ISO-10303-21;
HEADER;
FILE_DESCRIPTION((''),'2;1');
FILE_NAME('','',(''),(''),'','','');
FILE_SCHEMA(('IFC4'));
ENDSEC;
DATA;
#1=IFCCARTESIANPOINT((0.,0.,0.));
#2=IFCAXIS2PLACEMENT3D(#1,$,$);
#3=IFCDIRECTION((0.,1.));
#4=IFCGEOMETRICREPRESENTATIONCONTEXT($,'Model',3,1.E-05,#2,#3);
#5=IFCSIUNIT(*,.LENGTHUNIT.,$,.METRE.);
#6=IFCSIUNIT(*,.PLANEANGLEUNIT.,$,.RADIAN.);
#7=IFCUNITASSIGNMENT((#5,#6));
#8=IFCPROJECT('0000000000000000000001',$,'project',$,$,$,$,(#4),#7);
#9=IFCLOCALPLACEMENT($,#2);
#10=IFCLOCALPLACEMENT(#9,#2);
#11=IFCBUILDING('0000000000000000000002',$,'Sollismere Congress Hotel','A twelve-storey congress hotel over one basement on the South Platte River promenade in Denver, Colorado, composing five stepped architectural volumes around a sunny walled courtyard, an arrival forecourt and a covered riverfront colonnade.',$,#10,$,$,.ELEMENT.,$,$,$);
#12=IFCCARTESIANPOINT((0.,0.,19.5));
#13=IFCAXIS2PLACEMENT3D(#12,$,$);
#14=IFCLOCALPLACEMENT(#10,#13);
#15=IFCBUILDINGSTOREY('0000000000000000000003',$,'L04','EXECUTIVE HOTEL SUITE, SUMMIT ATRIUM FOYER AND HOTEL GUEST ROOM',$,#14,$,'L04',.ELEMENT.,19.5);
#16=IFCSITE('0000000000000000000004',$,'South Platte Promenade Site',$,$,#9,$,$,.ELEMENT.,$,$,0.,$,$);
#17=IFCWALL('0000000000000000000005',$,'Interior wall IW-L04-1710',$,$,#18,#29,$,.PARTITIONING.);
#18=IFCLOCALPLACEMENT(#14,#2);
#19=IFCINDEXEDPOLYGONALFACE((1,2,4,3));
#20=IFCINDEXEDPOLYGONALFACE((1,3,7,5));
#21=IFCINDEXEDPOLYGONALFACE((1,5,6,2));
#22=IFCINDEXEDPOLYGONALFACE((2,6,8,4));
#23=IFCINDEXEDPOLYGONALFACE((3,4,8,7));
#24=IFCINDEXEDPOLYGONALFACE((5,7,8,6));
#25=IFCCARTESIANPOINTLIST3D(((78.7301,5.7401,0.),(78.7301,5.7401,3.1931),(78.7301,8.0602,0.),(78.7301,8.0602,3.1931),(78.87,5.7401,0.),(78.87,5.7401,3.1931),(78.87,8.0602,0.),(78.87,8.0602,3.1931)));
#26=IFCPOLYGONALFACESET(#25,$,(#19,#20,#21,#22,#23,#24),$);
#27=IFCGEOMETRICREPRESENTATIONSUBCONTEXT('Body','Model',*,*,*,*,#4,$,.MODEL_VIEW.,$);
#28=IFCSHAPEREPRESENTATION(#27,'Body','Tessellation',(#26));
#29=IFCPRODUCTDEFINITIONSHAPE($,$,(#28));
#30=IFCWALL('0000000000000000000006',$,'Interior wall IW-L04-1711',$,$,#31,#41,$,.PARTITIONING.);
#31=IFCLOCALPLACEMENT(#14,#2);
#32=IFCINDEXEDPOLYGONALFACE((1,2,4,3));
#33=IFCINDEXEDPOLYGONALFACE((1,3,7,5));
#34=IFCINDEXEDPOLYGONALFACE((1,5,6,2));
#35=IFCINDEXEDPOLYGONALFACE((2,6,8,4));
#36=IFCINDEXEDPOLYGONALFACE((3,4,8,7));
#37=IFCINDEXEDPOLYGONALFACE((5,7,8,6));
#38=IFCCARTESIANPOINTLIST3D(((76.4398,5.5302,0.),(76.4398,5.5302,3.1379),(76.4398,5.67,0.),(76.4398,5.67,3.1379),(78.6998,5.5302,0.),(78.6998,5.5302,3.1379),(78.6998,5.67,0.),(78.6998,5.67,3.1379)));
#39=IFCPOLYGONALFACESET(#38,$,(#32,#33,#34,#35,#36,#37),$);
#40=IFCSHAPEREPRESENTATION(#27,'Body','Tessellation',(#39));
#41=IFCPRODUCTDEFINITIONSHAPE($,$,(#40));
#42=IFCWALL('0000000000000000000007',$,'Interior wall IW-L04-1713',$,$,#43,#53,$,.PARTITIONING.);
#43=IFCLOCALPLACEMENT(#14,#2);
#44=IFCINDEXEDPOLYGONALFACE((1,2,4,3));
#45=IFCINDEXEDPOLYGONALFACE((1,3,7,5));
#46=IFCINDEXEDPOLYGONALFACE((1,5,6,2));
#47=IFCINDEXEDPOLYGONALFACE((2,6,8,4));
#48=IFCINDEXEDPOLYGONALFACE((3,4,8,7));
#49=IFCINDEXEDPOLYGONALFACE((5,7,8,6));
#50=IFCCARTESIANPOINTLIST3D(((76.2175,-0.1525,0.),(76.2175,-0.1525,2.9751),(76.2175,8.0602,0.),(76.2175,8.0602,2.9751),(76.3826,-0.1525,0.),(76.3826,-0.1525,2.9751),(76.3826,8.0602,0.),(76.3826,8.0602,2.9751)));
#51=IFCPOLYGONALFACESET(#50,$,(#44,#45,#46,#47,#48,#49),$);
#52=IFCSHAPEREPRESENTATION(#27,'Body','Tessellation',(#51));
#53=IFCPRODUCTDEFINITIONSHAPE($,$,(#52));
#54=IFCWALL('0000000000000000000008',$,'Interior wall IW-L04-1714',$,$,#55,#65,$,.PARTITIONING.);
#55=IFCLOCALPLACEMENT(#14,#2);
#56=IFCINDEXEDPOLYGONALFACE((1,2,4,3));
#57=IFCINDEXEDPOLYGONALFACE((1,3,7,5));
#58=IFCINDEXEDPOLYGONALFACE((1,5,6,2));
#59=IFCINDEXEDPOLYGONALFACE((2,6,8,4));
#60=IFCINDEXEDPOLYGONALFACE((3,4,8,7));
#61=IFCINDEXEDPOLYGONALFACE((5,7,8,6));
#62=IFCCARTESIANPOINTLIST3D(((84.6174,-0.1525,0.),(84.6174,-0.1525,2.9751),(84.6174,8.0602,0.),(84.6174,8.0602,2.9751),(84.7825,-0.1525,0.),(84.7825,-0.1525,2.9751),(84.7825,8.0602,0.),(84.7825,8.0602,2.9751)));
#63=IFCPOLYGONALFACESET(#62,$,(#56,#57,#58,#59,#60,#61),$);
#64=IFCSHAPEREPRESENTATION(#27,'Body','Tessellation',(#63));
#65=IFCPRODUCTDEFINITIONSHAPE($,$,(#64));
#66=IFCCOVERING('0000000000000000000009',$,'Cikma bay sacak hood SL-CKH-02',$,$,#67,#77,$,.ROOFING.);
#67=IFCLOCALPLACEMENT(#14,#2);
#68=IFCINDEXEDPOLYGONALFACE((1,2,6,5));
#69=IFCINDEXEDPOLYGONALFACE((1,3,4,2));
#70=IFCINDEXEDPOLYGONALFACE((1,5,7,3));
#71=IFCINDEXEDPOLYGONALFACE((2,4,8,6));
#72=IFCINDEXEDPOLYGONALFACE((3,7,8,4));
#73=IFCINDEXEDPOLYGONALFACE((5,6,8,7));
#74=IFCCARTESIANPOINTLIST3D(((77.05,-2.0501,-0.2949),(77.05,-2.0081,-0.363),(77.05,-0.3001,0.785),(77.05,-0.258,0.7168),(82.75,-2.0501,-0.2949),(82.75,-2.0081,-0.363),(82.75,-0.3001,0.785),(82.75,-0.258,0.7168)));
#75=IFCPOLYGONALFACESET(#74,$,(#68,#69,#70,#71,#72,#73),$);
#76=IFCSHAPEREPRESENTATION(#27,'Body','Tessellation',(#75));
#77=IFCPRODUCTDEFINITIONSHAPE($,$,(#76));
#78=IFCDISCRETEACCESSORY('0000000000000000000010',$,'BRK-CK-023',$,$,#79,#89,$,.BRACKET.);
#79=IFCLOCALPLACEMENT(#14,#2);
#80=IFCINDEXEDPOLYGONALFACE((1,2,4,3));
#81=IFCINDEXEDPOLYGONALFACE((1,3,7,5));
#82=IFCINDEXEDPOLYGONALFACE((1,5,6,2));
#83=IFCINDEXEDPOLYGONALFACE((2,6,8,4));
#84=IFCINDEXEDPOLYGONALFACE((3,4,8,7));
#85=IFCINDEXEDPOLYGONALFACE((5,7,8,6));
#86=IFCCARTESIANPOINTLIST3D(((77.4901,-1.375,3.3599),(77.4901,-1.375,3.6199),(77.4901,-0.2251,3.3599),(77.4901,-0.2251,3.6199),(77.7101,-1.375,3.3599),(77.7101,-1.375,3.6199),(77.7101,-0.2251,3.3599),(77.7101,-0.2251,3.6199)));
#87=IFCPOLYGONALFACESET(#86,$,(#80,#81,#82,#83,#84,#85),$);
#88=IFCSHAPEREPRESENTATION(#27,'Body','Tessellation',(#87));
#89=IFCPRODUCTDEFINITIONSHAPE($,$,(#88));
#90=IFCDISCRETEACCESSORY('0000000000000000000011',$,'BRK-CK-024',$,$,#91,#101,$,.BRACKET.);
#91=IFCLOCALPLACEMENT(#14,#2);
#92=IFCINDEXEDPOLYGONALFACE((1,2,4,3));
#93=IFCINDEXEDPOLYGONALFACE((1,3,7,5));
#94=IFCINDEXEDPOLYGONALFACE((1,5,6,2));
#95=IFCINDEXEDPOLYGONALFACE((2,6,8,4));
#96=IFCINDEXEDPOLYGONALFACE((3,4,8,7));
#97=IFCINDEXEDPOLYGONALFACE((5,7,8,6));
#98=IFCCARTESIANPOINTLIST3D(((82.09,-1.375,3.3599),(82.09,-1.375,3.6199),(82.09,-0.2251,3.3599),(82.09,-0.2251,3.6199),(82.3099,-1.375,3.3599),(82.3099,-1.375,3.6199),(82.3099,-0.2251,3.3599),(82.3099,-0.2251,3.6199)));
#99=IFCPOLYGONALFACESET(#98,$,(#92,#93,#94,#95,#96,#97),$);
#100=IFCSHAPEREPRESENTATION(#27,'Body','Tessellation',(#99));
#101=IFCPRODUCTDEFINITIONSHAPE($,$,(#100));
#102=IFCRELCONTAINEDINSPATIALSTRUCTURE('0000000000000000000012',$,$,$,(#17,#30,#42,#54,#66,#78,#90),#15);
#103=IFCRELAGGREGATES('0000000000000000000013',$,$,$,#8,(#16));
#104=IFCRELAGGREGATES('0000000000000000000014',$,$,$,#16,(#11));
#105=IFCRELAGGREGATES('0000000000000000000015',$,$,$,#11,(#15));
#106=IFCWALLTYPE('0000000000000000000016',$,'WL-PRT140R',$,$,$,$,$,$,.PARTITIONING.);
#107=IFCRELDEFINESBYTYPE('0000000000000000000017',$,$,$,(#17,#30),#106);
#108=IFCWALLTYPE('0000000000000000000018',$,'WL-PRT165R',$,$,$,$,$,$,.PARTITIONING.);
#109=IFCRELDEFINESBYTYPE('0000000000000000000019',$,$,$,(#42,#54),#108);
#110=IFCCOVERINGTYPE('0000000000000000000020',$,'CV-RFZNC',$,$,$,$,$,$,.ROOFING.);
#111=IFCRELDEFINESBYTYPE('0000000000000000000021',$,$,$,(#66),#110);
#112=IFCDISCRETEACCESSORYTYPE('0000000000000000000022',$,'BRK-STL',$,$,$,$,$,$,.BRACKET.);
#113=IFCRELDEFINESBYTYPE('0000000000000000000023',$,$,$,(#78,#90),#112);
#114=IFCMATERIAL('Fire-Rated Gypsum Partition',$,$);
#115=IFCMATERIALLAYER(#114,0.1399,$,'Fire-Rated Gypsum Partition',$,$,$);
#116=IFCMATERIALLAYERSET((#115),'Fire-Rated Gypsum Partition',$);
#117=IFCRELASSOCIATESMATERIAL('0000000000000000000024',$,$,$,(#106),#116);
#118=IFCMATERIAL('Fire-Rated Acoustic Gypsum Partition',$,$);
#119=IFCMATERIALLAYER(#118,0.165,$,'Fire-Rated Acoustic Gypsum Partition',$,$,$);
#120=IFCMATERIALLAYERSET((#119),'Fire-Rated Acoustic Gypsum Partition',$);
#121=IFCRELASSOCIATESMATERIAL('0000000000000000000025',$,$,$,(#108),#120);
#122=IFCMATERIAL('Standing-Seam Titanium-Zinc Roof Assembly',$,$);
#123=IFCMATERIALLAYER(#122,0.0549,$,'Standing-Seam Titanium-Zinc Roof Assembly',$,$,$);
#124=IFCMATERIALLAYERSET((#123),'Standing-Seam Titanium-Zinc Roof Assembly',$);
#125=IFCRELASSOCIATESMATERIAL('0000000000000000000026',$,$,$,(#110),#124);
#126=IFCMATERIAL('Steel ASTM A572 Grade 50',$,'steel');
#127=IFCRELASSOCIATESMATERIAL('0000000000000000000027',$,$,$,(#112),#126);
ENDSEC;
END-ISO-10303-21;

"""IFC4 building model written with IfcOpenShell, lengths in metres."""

from ifc_helpers import new_model, si_unit, direction, frame, frame_2d, origin, origin_2d, place, context, subcontext, project, spatial, polyline, rectangle, outline, extrude, material, layer, layer_set, type_object, element, save


model = new_model("IFC4")

# Units and contexts
model_context = context("Model", 3, precision=1e-05, world=origin(), true_north=direction((0.0, 1.0)))
body_context = subcontext(model_context, "Body", "Model", "MODEL_VIEW")
ifc_project = project(units=[si_unit("LENGTHUNIT", "METRE"), si_unit("PLANEANGLEUNIT", "RADIAN")], contexts=[model_context])

# Site, building, storey
site_placement = place(None, origin())
site = spatial("IfcSite", under=ifc_project, at=site_placement, Name="South Platte Promenade Site", CompositionType="ELEMENT", RefElevation=0.0)
building_placement = place(site_placement, origin())
building = spatial("IfcBuilding", under=site, at=building_placement, Name="Sollismere Congress Hotel", Description="A twelve-storey congress hotel over one basement on the South Platte River promenade in Denver, Colorado, composing five stepped architectural volumes around a sunny walled courtyard, an arrival forecourt and a covered riverfront colonnade.", CompositionType="ELEMENT")
storey_placement = place(building_placement, frame((0.0, 0.0, 19.5)))
storey = spatial("IfcBuildingStorey", under=building, at=storey_placement, Name="L04", Description="EXECUTIVE HOTEL SUITE, SUMMIT ATRIUM FOYER AND HOTEL GUEST ROOM", LongName="L04", CompositionType="ELEMENT", Elevation=19.5)

# Walls
ifc_material_1 = material(Name="Fire-Rated Gypsum Partition")
ifc_layer_1 = layer(ifc_material_1, 0.1399, Name="Fire-Rated Gypsum Partition")
ifc_layer_set_1 = layer_set([ifc_layer_1], Name="Fire-Rated Gypsum Partition")
wall_type_1 = type_object("IfcWallType", Name="WL-PRT140R", PredefinedType="PARTITIONING", material=ifc_layer_set_1)
wall_1_placement = place(storey_placement, frame((78.8, 5.74, 0.0), z_axis=(0.0, 0.0, 1.0), x_axis=(0.0, 1.0, 0.0)))
element("IfcWall", 1, at=wall_1_placement, inside=storey, type_object=wall_type_1, Name="Interior wall IW-L04-1710", PredefinedType="PARTITIONING", context=body_context, shape_type="SweptSolid", body=[
    extrude(rectangle(XDim=2.3201, YDim=0.1399, at=frame_2d((1.1602, 0.0))), origin(), (0.0, 0.0, 1.0), 3.1931),
])
wall_2_placement = place(storey_placement, frame((76.4399, 5.6001, 0.0), z_axis=(0.0, 0.0, 1.0), x_axis=(1.0, 0.0, 0.0)))
element("IfcWall", 2, at=wall_2_placement, inside=storey, type_object=wall_type_1, Name="Interior wall IW-L04-1711", PredefinedType="PARTITIONING", context=body_context, shape_type="SweptSolid", body=[
    extrude(rectangle(XDim=2.26, YDim=0.1399, at=frame_2d((1.1299, 0.0))), origin(), (0.0, 0.0, 1.0), 3.1379),
])
ifc_material_2 = material(Name="Fire-Rated Acoustic Gypsum Partition")
ifc_layer_2 = layer(ifc_material_2, 0.165, Name="Fire-Rated Acoustic Gypsum Partition")
ifc_layer_set_2 = layer_set([ifc_layer_2], Name="Fire-Rated Acoustic Gypsum Partition")
wall_type_2 = type_object("IfcWallType", Name="WL-PRT165R", PredefinedType="PARTITIONING", material=ifc_layer_set_2)
for number, where, z_axis, x_axis, name in (
    (3, (76.3, -0.1526, 0.0), (0.0, 0.0, 1.0), (0.0, 1.0, 0.0), "Interior wall IW-L04-1713"),
    (4, (84.7, -0.1526, 0.0), (0.0, 0.0, 1.0), (0.0, 1.0, 0.0), "Interior wall IW-L04-1714"),
):
    element("IfcWall", number, at=place(storey_placement, frame(where, z_axis=z_axis, x_axis=x_axis)), inside=storey, type_object=wall_type_2, Name=name, PredefinedType="PARTITIONING", context=body_context, shape_type="SweptSolid", body=[
        extrude(rectangle(XDim=8.2126, YDim=0.165, at=frame_2d((4.1064, 0.0))), origin(), (0.0, 0.0, 1.0), 2.9751),
    ])

# Covering
ifc_material_3 = material(Name="Standing-Seam Titanium-Zinc Roof Assembly")
ifc_layer_3 = layer(ifc_material_3, 0.0549, Name="Standing-Seam Titanium-Zinc Roof Assembly")
ifc_layer_set_3 = layer_set([ifc_layer_3], Name="Standing-Seam Titanium-Zinc Roof Assembly")
covering_type = type_object("IfcCoveringType", Name="CV-RFZNC", PredefinedType="ROOFING", material=ifc_layer_set_3)
covering_placement = place(storey_placement, frame((77.05, -2.0081, -0.363), z_axis=(0.0, -0.525124, 0.851026), x_axis=(1.0, 0.0, 0.0)))
element("IfcCovering", 5, at=covering_placement, inside=storey, type_object=covering_type, Name="Cikma bay sacak hood SL-CKH-02", PredefinedType="ROOFING", context=body_context, shape_type="SweptSolid", body=[
    extrude(outline(polyline([(0.0, 0.0), (5.7, 0.0), (5.7, 2.0564), (0.0, 2.0564), (0.0, 0.0)])), origin(), (0.0, 0.0, 1.0), 0.0801),
])

# Discrete accessories
ifc_material_4 = material(Name="Steel ASTM A572 Grade 50", Category="steel")
discrete_accessory_type = type_object("IfcDiscreteAccessoryType", Name="BRK-STL", PredefinedType="BRACKET", material=ifc_material_4)
for number, where, z_axis, x_axis, name in (
    (6, (77.6001, -0.8, 3.3599), (0.0, 0.0, 1.0), (1.0, 0.0, 0.0), "BRK-CK-023"),
    (7, (82.2, -0.8, 3.3599), (0.0, 0.0, 1.0), (1.0, 0.0, 0.0), "BRK-CK-024"),
):
    element("IfcDiscreteAccessory", number, at=place(storey_placement, frame(where, z_axis=z_axis, x_axis=x_axis)), inside=storey, type_object=discrete_accessory_type, Name=name, PredefinedType="BRACKET", context=body_context, shape_type="SweptSolid", body=[
        extrude(rectangle(XDim=0.22, YDim=1.1499, at=origin_2d()), origin(), (0.0, 0.0, 1.0), 0.26),
    ])

save(model, "model.ifc")
